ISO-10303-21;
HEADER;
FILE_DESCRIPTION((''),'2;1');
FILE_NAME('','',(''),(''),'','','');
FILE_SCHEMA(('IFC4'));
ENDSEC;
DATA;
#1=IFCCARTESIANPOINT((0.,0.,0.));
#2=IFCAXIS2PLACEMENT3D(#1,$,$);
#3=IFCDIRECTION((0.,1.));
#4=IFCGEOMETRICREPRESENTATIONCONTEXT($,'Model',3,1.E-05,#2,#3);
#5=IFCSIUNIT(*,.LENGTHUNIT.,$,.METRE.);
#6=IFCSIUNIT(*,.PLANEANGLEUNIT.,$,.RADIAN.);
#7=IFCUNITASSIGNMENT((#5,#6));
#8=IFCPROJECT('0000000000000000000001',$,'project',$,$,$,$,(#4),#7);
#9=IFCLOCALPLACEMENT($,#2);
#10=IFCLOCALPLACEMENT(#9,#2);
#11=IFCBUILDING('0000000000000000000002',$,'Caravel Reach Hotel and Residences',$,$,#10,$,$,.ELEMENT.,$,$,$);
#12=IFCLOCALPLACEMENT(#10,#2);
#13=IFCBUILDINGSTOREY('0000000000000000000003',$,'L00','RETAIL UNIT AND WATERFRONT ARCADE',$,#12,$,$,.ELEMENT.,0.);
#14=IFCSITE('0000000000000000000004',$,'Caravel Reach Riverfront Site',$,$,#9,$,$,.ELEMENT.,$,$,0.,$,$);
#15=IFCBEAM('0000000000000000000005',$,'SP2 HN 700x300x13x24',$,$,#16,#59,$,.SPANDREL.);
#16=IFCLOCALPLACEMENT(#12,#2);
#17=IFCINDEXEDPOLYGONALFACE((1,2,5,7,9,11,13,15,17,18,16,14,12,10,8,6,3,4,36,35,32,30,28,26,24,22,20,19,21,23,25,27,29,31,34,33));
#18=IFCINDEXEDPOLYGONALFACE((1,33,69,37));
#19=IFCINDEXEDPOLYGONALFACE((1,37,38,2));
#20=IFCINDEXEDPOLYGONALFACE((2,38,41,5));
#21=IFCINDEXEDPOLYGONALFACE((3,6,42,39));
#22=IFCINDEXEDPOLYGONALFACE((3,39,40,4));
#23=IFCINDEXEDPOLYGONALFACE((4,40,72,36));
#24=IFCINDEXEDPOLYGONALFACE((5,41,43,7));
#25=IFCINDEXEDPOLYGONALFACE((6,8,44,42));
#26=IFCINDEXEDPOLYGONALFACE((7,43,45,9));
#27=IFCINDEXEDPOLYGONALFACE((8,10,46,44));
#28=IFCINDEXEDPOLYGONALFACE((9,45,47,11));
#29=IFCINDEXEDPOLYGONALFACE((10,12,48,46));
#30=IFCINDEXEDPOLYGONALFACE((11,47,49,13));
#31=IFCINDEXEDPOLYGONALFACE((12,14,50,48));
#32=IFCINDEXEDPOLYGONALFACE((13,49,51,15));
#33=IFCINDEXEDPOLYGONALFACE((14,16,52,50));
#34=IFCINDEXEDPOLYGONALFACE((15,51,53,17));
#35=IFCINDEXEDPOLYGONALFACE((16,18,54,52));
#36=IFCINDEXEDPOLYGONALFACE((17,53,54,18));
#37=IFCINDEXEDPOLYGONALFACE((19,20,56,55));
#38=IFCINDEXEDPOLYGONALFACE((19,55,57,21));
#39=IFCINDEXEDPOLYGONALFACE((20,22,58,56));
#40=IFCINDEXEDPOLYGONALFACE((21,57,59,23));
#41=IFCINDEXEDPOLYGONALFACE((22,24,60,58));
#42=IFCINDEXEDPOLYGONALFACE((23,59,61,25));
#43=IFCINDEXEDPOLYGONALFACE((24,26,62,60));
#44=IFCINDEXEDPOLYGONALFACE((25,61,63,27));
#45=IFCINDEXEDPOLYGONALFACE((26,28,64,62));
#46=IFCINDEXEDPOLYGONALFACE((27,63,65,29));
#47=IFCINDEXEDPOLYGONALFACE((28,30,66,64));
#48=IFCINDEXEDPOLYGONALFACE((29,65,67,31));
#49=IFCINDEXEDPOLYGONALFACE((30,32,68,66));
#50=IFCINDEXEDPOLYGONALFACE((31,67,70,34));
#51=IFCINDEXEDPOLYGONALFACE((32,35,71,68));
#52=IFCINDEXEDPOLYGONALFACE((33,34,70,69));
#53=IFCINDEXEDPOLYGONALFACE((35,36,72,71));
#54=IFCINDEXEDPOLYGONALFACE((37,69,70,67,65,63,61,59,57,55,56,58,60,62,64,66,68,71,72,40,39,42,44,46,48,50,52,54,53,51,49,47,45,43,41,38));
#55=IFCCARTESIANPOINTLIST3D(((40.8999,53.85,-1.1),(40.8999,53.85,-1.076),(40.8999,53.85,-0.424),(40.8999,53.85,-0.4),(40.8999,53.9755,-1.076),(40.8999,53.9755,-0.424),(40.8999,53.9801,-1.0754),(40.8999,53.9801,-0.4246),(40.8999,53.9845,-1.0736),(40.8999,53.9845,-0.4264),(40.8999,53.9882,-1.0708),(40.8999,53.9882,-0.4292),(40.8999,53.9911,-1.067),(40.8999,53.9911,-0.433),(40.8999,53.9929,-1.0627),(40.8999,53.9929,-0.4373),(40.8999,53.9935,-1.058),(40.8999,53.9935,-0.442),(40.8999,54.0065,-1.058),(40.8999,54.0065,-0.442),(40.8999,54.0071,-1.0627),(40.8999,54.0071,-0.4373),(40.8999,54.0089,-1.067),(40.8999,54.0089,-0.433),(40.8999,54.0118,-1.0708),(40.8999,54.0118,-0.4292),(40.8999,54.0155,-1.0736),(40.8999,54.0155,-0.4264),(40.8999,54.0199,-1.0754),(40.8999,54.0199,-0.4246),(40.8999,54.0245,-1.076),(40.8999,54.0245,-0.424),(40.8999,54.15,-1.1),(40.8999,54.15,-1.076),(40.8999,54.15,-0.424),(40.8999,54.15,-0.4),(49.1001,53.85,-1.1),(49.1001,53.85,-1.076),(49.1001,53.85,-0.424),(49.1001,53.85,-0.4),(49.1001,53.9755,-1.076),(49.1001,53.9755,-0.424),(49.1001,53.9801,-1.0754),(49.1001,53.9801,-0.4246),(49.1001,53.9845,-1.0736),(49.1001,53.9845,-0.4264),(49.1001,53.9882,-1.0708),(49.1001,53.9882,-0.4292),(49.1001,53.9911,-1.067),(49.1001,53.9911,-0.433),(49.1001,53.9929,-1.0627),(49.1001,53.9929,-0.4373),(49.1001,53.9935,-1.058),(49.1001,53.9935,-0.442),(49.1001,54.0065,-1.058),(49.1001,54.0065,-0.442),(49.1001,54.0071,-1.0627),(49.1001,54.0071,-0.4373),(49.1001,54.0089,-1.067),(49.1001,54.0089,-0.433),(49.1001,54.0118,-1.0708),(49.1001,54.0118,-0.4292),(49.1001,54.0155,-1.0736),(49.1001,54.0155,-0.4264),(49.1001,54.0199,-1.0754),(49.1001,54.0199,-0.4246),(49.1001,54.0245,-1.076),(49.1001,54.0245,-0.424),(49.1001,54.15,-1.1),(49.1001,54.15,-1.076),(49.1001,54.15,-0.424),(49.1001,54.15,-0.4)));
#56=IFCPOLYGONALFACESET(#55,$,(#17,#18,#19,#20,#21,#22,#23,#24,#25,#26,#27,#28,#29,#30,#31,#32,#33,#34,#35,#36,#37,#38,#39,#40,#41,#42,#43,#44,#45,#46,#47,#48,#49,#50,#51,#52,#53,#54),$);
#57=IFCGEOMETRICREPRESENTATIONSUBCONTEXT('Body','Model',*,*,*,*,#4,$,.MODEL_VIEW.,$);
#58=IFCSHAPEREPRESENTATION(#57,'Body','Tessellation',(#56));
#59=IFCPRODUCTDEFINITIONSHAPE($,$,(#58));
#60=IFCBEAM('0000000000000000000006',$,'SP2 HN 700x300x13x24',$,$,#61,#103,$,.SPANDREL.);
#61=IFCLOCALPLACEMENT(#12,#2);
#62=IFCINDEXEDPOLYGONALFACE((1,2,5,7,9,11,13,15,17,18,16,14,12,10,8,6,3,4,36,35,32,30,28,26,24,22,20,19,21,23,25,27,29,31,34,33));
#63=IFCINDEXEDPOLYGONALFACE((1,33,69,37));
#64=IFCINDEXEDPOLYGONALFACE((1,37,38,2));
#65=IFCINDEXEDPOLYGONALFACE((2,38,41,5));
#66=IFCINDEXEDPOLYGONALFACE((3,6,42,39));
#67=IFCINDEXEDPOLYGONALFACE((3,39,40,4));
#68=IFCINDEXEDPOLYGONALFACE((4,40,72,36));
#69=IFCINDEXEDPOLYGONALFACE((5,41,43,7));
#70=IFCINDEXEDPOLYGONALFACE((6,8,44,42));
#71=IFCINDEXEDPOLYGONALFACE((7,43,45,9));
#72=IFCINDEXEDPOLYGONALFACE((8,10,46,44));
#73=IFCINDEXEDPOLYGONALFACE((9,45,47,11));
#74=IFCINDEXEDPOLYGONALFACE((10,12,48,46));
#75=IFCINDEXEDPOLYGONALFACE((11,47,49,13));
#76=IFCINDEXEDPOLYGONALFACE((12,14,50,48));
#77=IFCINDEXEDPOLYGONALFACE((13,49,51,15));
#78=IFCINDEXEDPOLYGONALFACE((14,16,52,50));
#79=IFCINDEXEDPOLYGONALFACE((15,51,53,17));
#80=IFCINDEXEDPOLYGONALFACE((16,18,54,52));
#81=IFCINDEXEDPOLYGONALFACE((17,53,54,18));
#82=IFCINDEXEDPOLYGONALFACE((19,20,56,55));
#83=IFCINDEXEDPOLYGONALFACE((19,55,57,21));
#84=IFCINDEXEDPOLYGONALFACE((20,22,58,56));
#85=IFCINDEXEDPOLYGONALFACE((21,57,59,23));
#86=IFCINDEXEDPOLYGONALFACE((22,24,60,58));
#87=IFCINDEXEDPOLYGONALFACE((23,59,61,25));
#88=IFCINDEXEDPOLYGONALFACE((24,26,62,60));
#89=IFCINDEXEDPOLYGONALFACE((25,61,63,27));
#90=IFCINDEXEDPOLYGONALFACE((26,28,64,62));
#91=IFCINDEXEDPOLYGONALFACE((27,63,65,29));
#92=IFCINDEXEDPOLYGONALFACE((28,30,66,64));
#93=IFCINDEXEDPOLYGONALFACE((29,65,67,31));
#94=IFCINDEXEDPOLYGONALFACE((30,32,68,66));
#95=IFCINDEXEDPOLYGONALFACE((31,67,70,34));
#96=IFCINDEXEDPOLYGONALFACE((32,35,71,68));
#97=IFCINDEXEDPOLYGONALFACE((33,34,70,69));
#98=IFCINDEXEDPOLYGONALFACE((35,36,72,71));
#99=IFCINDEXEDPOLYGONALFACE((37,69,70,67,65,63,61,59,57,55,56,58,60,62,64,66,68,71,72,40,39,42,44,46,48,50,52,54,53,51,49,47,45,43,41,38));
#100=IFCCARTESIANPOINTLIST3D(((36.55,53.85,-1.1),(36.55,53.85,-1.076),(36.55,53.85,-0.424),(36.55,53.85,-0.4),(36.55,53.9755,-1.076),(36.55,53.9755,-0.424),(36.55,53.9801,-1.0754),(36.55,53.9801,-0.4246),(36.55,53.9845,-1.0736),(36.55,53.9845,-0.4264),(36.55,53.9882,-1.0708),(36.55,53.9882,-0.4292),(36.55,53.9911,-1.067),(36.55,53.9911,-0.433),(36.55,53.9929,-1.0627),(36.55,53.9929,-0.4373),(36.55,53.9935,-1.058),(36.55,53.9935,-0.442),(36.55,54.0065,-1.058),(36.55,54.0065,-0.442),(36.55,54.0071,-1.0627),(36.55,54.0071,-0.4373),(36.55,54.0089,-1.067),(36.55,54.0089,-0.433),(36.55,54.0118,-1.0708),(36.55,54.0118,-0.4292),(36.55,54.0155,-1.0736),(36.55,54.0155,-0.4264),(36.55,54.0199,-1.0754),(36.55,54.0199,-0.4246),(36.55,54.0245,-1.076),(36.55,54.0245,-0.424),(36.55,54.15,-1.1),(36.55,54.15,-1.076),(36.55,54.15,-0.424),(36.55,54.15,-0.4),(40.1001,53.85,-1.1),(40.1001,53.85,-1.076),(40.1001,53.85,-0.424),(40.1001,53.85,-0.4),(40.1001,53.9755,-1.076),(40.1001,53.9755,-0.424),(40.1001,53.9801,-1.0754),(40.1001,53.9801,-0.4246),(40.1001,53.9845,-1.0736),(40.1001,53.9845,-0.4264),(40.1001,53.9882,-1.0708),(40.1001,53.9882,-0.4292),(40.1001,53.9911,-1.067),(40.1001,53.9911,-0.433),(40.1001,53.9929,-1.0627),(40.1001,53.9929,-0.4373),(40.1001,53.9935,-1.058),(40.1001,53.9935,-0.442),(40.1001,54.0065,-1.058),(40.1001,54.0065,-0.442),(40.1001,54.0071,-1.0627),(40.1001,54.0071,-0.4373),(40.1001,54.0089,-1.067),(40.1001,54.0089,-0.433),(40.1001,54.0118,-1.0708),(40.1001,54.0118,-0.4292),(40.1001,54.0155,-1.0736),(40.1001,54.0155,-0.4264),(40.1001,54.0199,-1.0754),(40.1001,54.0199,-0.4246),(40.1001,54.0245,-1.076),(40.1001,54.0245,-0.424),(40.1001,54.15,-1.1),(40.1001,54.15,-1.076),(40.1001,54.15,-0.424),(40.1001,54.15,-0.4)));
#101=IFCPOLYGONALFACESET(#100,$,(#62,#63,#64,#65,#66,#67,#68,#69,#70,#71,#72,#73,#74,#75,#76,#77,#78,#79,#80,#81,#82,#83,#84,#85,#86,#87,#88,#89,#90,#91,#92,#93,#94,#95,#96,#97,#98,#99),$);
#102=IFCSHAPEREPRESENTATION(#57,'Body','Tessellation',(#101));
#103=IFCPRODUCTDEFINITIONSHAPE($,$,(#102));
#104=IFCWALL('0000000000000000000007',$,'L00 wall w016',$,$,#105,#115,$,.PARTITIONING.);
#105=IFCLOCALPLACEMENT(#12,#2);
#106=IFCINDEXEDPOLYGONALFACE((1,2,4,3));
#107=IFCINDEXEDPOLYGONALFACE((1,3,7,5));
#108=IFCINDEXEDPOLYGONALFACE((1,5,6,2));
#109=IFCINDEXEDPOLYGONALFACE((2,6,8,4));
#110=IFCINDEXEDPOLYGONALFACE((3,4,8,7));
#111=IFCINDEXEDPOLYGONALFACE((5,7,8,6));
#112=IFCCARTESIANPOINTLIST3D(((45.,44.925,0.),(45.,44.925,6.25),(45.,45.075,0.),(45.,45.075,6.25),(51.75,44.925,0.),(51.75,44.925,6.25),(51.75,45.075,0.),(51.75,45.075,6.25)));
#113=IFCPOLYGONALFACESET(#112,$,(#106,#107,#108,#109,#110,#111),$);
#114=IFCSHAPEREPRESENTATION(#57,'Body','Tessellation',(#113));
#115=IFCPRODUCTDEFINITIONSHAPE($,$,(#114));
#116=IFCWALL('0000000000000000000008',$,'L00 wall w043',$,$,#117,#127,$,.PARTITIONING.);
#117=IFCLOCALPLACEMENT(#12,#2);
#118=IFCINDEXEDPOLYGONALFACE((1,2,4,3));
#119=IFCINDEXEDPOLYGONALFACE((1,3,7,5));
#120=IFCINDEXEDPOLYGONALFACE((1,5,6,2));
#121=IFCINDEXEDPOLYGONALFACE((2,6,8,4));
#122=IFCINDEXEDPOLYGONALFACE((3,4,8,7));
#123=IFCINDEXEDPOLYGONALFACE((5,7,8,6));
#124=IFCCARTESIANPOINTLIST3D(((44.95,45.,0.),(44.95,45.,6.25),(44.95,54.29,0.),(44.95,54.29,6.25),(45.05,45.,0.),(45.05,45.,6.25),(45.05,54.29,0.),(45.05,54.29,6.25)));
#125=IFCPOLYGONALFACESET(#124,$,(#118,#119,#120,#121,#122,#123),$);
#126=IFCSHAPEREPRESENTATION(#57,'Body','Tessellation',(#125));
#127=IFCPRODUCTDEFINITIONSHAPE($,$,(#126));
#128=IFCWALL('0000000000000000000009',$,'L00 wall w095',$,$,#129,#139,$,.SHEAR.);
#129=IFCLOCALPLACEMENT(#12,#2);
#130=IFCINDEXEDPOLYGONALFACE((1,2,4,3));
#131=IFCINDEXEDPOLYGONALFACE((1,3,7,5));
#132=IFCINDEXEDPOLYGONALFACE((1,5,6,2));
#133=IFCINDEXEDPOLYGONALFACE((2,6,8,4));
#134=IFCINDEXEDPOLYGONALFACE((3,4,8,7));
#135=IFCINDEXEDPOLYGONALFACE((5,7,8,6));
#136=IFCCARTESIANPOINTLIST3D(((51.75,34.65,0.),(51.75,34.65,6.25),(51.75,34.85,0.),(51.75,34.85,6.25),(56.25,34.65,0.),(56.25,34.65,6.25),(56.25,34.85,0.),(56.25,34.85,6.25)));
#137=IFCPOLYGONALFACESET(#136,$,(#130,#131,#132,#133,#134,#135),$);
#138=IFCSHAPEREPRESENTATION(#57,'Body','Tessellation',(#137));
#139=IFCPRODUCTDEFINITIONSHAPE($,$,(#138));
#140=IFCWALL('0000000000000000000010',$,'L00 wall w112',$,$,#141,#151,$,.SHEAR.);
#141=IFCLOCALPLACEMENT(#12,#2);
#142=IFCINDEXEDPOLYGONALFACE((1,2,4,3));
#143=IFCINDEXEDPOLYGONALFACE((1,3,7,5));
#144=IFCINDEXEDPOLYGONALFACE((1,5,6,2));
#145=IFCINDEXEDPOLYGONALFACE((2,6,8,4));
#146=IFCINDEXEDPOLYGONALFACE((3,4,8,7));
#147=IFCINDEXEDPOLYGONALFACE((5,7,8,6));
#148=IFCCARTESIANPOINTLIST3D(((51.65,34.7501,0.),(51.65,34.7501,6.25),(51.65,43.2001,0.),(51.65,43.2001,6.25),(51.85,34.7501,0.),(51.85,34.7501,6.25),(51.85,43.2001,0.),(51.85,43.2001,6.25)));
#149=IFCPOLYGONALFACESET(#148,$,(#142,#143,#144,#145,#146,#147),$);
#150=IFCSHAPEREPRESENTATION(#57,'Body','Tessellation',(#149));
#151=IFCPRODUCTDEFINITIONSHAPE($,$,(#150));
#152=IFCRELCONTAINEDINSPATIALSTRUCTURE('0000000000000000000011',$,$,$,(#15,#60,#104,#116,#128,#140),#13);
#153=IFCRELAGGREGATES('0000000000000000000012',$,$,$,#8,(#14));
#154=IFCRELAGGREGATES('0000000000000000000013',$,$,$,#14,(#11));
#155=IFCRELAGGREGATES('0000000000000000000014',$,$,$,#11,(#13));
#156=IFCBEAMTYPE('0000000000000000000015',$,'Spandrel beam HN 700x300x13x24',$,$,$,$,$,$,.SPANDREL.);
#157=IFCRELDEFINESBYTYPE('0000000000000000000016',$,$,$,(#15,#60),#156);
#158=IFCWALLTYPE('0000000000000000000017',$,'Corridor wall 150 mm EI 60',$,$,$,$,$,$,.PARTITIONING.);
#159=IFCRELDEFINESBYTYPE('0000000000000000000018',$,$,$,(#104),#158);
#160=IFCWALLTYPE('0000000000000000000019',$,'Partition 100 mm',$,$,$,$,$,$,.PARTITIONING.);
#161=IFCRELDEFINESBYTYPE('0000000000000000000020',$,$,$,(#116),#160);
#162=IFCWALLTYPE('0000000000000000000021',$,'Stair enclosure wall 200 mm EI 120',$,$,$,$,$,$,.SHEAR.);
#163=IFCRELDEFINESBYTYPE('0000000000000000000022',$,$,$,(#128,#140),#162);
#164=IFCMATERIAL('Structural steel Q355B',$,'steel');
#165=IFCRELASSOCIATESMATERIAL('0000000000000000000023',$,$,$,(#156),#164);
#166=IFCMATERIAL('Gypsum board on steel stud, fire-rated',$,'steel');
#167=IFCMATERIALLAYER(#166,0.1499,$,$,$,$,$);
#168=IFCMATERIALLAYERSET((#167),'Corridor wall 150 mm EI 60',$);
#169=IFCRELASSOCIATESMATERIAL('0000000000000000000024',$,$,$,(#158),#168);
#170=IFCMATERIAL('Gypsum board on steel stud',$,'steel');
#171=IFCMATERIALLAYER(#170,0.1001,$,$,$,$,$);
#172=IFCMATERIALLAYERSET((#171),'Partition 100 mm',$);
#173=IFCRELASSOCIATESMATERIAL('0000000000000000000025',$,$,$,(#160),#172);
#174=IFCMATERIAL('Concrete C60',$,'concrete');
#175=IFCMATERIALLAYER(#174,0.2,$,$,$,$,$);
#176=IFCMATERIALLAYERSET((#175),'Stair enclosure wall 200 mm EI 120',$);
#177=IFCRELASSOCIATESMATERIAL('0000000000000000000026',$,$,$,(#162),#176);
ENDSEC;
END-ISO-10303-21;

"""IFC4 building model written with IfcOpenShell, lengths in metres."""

from ifc_helpers import new_model, si_unit, direction, frame, frame_2d, origin, origin_2d, place, context, subcontext, project, spatial, rectangle, i_section, extrude, material, layer, layer_set, material_profile, profile_set, type_object, element, save


model = new_model("IFC4")

# Units and contexts
model_context = context("Model", 3, precision=1e-05, world=origin(), true_north=direction((0.0, 1.0)))
body_context = subcontext(model_context, "Body", "Model", "MODEL_VIEW")
ifc_project = project(units=[si_unit("LENGTHUNIT", "METRE"), si_unit("PLANEANGLEUNIT", "RADIAN")], contexts=[model_context])

# Site, building, storey
site_placement = place(None, origin())
site = spatial("IfcSite", under=ifc_project, at=site_placement, Name="Caravel Reach Riverfront Site", CompositionType="ELEMENT", RefElevation=0.0)
building_placement = place(site_placement, origin())
building = spatial("IfcBuilding", under=site, at=building_placement, Name="Caravel Reach Hotel and Residences", CompositionType="ELEMENT")
storey_placement = place(building_placement, origin())
storey = spatial("IfcBuildingStorey", under=building, at=storey_placement, Name="L00", Description="RETAIL UNIT AND WATERFRONT ARCADE", CompositionType="ELEMENT", Elevation=0.0)

# Beams
ifc_material_1 = material(Name="Structural steel Q355B", Category="steel")
ifc_material_profile_1 = material_profile(ifc_material_1, i_section(OverallWidth=0.3, OverallDepth=0.7, WebThickness=0.0129, FlangeThickness=0.0239, FilletRadius=0.0181, at=origin_2d()), Name="HN 700x300x13x24")
ifc_profile_set_1 = profile_set([ifc_material_profile_1], Name="Structural steel Q355B")
beam_type = type_object("IfcBeamType", Name="Spandrel beam HN 700x300x13x24", PredefinedType="SPANDREL", material=ifc_profile_set_1)
beam_1_placement = place(storey_placement, frame((49.1001, 54.0, -0.75), z_axis=(-1.0, 0.0, 0.0), x_axis=(0.0, -1.0, 0.0)))
element("IfcBeam", 1, at=beam_1_placement, inside=storey, type_object=beam_type, Name="SP2 HN 700x300x13x24", PredefinedType="SPANDREL", context=body_context, shape_type="SweptSolid", body=[
    extrude(i_section(OverallWidth=0.3, OverallDepth=0.7, WebThickness=0.0129, FlangeThickness=0.0239, FilletRadius=0.0181, at=origin_2d()), origin(), (0.0, 0.0, 1.0), 8.2002),
])
beam_2_placement = place(storey_placement, frame((40.1001, 54.0, -0.75), z_axis=(-1.0, 0.0, 0.0), x_axis=(0.0, -1.0, 0.0)))
element("IfcBeam", 2, at=beam_2_placement, inside=storey, type_object=beam_type, Name="SP2 HN 700x300x13x24", PredefinedType="SPANDREL", context=body_context, shape_type="SweptSolid", body=[
    extrude(i_section(OverallWidth=0.3, OverallDepth=0.7, WebThickness=0.0129, FlangeThickness=0.0239, FilletRadius=0.0181, at=origin_2d()), origin(), (0.0, 0.0, 1.0), 3.55),
])

# Wall
ifc_material_2 = material(Name="Gypsum board on steel stud, fire-rated", Category="steel")
ifc_layer_1 = layer(ifc_material_2, 0.1499)
ifc_layer_set_1 = layer_set([ifc_layer_1], Name="Corridor wall 150 mm EI 60")
wall_type_1 = type_object("IfcWallType", Name="Corridor wall 150 mm EI 60", PredefinedType="PARTITIONING", material=ifc_layer_set_1)
wall_1_placement = place(storey_placement, frame((45.0, 45.0, 0.0), z_axis=(0.0, 0.0, 1.0), x_axis=(1.0, 0.0, 0.0)))
element("IfcWall", 3, at=wall_1_placement, inside=storey, type_object=wall_type_1, Name="L00 wall w016", PredefinedType="PARTITIONING", context=body_context, shape_type="SweptSolid", body=[
    extrude(rectangle(XDim=6.75, YDim=0.1499, at=frame_2d((3.375, 0.0))), origin(), (0.0, 0.0, 1.0), 6.25),
])

# Walls
ifc_material_3 = material(Name="Gypsum board on steel stud", Category="steel")
ifc_layer_2 = layer(ifc_material_3, 0.1001)
ifc_layer_set_2 = layer_set([ifc_layer_2], Name="Partition 100 mm")
wall_type_2 = type_object("IfcWallType", Name="Partition 100 mm", PredefinedType="PARTITIONING", material=ifc_layer_set_2)
wall_2_placement = place(storey_placement, frame((45.0, 45.0, 0.0), z_axis=(0.0, 0.0, 1.0), x_axis=(0.0, 1.0, 0.0)))
element("IfcWall", 4, at=wall_2_placement, inside=storey, type_object=wall_type_2, Name="L00 wall w043", PredefinedType="PARTITIONING", context=body_context, shape_type="SweptSolid", body=[
    extrude(rectangle(XDim=9.29, YDim=0.1001, at=frame_2d((4.645, 0.0))), origin(), (0.0, 0.0, 1.0), 6.25),
])
ifc_material_4 = material(Name="Concrete C60", Category="concrete")
ifc_layer_3 = layer(ifc_material_4, 0.2)
ifc_layer_set_3 = layer_set([ifc_layer_3], Name="Stair enclosure wall 200 mm EI 120")
wall_type_3 = type_object("IfcWallType", Name="Stair enclosure wall 200 mm EI 120", PredefinedType="SHEAR", material=ifc_layer_set_3)
wall_3_placement = place(storey_placement, frame((51.75, 34.75, 0.0), z_axis=(0.0, 0.0, 1.0), x_axis=(1.0, 0.0, 0.0)))
element("IfcWall", 5, at=wall_3_placement, inside=storey, type_object=wall_type_3, Name="L00 wall w095", PredefinedType="SHEAR", context=body_context, shape_type="SweptSolid", body=[
    extrude(rectangle(XDim=4.5, YDim=0.2, at=frame_2d((2.25, 0.0))), origin(), (0.0, 0.0, 1.0), 6.25),
])
wall_4_placement = place(storey_placement, frame((51.75, 34.75, 0.0), z_axis=(0.0, 0.0, 1.0), x_axis=(0.0, 1.0, 0.0)))
element("IfcWall", 6, at=wall_4_placement, inside=storey, type_object=wall_type_3, Name="L00 wall w112", PredefinedType="SHEAR", context=body_context, shape_type="SweptSolid", body=[
    extrude(rectangle(XDim=8.45, YDim=0.2, at=frame_2d((4.2251, 0.0))), origin(), (0.0, 0.0, 1.0), 6.25),
])

save(model, "model.ifc")
